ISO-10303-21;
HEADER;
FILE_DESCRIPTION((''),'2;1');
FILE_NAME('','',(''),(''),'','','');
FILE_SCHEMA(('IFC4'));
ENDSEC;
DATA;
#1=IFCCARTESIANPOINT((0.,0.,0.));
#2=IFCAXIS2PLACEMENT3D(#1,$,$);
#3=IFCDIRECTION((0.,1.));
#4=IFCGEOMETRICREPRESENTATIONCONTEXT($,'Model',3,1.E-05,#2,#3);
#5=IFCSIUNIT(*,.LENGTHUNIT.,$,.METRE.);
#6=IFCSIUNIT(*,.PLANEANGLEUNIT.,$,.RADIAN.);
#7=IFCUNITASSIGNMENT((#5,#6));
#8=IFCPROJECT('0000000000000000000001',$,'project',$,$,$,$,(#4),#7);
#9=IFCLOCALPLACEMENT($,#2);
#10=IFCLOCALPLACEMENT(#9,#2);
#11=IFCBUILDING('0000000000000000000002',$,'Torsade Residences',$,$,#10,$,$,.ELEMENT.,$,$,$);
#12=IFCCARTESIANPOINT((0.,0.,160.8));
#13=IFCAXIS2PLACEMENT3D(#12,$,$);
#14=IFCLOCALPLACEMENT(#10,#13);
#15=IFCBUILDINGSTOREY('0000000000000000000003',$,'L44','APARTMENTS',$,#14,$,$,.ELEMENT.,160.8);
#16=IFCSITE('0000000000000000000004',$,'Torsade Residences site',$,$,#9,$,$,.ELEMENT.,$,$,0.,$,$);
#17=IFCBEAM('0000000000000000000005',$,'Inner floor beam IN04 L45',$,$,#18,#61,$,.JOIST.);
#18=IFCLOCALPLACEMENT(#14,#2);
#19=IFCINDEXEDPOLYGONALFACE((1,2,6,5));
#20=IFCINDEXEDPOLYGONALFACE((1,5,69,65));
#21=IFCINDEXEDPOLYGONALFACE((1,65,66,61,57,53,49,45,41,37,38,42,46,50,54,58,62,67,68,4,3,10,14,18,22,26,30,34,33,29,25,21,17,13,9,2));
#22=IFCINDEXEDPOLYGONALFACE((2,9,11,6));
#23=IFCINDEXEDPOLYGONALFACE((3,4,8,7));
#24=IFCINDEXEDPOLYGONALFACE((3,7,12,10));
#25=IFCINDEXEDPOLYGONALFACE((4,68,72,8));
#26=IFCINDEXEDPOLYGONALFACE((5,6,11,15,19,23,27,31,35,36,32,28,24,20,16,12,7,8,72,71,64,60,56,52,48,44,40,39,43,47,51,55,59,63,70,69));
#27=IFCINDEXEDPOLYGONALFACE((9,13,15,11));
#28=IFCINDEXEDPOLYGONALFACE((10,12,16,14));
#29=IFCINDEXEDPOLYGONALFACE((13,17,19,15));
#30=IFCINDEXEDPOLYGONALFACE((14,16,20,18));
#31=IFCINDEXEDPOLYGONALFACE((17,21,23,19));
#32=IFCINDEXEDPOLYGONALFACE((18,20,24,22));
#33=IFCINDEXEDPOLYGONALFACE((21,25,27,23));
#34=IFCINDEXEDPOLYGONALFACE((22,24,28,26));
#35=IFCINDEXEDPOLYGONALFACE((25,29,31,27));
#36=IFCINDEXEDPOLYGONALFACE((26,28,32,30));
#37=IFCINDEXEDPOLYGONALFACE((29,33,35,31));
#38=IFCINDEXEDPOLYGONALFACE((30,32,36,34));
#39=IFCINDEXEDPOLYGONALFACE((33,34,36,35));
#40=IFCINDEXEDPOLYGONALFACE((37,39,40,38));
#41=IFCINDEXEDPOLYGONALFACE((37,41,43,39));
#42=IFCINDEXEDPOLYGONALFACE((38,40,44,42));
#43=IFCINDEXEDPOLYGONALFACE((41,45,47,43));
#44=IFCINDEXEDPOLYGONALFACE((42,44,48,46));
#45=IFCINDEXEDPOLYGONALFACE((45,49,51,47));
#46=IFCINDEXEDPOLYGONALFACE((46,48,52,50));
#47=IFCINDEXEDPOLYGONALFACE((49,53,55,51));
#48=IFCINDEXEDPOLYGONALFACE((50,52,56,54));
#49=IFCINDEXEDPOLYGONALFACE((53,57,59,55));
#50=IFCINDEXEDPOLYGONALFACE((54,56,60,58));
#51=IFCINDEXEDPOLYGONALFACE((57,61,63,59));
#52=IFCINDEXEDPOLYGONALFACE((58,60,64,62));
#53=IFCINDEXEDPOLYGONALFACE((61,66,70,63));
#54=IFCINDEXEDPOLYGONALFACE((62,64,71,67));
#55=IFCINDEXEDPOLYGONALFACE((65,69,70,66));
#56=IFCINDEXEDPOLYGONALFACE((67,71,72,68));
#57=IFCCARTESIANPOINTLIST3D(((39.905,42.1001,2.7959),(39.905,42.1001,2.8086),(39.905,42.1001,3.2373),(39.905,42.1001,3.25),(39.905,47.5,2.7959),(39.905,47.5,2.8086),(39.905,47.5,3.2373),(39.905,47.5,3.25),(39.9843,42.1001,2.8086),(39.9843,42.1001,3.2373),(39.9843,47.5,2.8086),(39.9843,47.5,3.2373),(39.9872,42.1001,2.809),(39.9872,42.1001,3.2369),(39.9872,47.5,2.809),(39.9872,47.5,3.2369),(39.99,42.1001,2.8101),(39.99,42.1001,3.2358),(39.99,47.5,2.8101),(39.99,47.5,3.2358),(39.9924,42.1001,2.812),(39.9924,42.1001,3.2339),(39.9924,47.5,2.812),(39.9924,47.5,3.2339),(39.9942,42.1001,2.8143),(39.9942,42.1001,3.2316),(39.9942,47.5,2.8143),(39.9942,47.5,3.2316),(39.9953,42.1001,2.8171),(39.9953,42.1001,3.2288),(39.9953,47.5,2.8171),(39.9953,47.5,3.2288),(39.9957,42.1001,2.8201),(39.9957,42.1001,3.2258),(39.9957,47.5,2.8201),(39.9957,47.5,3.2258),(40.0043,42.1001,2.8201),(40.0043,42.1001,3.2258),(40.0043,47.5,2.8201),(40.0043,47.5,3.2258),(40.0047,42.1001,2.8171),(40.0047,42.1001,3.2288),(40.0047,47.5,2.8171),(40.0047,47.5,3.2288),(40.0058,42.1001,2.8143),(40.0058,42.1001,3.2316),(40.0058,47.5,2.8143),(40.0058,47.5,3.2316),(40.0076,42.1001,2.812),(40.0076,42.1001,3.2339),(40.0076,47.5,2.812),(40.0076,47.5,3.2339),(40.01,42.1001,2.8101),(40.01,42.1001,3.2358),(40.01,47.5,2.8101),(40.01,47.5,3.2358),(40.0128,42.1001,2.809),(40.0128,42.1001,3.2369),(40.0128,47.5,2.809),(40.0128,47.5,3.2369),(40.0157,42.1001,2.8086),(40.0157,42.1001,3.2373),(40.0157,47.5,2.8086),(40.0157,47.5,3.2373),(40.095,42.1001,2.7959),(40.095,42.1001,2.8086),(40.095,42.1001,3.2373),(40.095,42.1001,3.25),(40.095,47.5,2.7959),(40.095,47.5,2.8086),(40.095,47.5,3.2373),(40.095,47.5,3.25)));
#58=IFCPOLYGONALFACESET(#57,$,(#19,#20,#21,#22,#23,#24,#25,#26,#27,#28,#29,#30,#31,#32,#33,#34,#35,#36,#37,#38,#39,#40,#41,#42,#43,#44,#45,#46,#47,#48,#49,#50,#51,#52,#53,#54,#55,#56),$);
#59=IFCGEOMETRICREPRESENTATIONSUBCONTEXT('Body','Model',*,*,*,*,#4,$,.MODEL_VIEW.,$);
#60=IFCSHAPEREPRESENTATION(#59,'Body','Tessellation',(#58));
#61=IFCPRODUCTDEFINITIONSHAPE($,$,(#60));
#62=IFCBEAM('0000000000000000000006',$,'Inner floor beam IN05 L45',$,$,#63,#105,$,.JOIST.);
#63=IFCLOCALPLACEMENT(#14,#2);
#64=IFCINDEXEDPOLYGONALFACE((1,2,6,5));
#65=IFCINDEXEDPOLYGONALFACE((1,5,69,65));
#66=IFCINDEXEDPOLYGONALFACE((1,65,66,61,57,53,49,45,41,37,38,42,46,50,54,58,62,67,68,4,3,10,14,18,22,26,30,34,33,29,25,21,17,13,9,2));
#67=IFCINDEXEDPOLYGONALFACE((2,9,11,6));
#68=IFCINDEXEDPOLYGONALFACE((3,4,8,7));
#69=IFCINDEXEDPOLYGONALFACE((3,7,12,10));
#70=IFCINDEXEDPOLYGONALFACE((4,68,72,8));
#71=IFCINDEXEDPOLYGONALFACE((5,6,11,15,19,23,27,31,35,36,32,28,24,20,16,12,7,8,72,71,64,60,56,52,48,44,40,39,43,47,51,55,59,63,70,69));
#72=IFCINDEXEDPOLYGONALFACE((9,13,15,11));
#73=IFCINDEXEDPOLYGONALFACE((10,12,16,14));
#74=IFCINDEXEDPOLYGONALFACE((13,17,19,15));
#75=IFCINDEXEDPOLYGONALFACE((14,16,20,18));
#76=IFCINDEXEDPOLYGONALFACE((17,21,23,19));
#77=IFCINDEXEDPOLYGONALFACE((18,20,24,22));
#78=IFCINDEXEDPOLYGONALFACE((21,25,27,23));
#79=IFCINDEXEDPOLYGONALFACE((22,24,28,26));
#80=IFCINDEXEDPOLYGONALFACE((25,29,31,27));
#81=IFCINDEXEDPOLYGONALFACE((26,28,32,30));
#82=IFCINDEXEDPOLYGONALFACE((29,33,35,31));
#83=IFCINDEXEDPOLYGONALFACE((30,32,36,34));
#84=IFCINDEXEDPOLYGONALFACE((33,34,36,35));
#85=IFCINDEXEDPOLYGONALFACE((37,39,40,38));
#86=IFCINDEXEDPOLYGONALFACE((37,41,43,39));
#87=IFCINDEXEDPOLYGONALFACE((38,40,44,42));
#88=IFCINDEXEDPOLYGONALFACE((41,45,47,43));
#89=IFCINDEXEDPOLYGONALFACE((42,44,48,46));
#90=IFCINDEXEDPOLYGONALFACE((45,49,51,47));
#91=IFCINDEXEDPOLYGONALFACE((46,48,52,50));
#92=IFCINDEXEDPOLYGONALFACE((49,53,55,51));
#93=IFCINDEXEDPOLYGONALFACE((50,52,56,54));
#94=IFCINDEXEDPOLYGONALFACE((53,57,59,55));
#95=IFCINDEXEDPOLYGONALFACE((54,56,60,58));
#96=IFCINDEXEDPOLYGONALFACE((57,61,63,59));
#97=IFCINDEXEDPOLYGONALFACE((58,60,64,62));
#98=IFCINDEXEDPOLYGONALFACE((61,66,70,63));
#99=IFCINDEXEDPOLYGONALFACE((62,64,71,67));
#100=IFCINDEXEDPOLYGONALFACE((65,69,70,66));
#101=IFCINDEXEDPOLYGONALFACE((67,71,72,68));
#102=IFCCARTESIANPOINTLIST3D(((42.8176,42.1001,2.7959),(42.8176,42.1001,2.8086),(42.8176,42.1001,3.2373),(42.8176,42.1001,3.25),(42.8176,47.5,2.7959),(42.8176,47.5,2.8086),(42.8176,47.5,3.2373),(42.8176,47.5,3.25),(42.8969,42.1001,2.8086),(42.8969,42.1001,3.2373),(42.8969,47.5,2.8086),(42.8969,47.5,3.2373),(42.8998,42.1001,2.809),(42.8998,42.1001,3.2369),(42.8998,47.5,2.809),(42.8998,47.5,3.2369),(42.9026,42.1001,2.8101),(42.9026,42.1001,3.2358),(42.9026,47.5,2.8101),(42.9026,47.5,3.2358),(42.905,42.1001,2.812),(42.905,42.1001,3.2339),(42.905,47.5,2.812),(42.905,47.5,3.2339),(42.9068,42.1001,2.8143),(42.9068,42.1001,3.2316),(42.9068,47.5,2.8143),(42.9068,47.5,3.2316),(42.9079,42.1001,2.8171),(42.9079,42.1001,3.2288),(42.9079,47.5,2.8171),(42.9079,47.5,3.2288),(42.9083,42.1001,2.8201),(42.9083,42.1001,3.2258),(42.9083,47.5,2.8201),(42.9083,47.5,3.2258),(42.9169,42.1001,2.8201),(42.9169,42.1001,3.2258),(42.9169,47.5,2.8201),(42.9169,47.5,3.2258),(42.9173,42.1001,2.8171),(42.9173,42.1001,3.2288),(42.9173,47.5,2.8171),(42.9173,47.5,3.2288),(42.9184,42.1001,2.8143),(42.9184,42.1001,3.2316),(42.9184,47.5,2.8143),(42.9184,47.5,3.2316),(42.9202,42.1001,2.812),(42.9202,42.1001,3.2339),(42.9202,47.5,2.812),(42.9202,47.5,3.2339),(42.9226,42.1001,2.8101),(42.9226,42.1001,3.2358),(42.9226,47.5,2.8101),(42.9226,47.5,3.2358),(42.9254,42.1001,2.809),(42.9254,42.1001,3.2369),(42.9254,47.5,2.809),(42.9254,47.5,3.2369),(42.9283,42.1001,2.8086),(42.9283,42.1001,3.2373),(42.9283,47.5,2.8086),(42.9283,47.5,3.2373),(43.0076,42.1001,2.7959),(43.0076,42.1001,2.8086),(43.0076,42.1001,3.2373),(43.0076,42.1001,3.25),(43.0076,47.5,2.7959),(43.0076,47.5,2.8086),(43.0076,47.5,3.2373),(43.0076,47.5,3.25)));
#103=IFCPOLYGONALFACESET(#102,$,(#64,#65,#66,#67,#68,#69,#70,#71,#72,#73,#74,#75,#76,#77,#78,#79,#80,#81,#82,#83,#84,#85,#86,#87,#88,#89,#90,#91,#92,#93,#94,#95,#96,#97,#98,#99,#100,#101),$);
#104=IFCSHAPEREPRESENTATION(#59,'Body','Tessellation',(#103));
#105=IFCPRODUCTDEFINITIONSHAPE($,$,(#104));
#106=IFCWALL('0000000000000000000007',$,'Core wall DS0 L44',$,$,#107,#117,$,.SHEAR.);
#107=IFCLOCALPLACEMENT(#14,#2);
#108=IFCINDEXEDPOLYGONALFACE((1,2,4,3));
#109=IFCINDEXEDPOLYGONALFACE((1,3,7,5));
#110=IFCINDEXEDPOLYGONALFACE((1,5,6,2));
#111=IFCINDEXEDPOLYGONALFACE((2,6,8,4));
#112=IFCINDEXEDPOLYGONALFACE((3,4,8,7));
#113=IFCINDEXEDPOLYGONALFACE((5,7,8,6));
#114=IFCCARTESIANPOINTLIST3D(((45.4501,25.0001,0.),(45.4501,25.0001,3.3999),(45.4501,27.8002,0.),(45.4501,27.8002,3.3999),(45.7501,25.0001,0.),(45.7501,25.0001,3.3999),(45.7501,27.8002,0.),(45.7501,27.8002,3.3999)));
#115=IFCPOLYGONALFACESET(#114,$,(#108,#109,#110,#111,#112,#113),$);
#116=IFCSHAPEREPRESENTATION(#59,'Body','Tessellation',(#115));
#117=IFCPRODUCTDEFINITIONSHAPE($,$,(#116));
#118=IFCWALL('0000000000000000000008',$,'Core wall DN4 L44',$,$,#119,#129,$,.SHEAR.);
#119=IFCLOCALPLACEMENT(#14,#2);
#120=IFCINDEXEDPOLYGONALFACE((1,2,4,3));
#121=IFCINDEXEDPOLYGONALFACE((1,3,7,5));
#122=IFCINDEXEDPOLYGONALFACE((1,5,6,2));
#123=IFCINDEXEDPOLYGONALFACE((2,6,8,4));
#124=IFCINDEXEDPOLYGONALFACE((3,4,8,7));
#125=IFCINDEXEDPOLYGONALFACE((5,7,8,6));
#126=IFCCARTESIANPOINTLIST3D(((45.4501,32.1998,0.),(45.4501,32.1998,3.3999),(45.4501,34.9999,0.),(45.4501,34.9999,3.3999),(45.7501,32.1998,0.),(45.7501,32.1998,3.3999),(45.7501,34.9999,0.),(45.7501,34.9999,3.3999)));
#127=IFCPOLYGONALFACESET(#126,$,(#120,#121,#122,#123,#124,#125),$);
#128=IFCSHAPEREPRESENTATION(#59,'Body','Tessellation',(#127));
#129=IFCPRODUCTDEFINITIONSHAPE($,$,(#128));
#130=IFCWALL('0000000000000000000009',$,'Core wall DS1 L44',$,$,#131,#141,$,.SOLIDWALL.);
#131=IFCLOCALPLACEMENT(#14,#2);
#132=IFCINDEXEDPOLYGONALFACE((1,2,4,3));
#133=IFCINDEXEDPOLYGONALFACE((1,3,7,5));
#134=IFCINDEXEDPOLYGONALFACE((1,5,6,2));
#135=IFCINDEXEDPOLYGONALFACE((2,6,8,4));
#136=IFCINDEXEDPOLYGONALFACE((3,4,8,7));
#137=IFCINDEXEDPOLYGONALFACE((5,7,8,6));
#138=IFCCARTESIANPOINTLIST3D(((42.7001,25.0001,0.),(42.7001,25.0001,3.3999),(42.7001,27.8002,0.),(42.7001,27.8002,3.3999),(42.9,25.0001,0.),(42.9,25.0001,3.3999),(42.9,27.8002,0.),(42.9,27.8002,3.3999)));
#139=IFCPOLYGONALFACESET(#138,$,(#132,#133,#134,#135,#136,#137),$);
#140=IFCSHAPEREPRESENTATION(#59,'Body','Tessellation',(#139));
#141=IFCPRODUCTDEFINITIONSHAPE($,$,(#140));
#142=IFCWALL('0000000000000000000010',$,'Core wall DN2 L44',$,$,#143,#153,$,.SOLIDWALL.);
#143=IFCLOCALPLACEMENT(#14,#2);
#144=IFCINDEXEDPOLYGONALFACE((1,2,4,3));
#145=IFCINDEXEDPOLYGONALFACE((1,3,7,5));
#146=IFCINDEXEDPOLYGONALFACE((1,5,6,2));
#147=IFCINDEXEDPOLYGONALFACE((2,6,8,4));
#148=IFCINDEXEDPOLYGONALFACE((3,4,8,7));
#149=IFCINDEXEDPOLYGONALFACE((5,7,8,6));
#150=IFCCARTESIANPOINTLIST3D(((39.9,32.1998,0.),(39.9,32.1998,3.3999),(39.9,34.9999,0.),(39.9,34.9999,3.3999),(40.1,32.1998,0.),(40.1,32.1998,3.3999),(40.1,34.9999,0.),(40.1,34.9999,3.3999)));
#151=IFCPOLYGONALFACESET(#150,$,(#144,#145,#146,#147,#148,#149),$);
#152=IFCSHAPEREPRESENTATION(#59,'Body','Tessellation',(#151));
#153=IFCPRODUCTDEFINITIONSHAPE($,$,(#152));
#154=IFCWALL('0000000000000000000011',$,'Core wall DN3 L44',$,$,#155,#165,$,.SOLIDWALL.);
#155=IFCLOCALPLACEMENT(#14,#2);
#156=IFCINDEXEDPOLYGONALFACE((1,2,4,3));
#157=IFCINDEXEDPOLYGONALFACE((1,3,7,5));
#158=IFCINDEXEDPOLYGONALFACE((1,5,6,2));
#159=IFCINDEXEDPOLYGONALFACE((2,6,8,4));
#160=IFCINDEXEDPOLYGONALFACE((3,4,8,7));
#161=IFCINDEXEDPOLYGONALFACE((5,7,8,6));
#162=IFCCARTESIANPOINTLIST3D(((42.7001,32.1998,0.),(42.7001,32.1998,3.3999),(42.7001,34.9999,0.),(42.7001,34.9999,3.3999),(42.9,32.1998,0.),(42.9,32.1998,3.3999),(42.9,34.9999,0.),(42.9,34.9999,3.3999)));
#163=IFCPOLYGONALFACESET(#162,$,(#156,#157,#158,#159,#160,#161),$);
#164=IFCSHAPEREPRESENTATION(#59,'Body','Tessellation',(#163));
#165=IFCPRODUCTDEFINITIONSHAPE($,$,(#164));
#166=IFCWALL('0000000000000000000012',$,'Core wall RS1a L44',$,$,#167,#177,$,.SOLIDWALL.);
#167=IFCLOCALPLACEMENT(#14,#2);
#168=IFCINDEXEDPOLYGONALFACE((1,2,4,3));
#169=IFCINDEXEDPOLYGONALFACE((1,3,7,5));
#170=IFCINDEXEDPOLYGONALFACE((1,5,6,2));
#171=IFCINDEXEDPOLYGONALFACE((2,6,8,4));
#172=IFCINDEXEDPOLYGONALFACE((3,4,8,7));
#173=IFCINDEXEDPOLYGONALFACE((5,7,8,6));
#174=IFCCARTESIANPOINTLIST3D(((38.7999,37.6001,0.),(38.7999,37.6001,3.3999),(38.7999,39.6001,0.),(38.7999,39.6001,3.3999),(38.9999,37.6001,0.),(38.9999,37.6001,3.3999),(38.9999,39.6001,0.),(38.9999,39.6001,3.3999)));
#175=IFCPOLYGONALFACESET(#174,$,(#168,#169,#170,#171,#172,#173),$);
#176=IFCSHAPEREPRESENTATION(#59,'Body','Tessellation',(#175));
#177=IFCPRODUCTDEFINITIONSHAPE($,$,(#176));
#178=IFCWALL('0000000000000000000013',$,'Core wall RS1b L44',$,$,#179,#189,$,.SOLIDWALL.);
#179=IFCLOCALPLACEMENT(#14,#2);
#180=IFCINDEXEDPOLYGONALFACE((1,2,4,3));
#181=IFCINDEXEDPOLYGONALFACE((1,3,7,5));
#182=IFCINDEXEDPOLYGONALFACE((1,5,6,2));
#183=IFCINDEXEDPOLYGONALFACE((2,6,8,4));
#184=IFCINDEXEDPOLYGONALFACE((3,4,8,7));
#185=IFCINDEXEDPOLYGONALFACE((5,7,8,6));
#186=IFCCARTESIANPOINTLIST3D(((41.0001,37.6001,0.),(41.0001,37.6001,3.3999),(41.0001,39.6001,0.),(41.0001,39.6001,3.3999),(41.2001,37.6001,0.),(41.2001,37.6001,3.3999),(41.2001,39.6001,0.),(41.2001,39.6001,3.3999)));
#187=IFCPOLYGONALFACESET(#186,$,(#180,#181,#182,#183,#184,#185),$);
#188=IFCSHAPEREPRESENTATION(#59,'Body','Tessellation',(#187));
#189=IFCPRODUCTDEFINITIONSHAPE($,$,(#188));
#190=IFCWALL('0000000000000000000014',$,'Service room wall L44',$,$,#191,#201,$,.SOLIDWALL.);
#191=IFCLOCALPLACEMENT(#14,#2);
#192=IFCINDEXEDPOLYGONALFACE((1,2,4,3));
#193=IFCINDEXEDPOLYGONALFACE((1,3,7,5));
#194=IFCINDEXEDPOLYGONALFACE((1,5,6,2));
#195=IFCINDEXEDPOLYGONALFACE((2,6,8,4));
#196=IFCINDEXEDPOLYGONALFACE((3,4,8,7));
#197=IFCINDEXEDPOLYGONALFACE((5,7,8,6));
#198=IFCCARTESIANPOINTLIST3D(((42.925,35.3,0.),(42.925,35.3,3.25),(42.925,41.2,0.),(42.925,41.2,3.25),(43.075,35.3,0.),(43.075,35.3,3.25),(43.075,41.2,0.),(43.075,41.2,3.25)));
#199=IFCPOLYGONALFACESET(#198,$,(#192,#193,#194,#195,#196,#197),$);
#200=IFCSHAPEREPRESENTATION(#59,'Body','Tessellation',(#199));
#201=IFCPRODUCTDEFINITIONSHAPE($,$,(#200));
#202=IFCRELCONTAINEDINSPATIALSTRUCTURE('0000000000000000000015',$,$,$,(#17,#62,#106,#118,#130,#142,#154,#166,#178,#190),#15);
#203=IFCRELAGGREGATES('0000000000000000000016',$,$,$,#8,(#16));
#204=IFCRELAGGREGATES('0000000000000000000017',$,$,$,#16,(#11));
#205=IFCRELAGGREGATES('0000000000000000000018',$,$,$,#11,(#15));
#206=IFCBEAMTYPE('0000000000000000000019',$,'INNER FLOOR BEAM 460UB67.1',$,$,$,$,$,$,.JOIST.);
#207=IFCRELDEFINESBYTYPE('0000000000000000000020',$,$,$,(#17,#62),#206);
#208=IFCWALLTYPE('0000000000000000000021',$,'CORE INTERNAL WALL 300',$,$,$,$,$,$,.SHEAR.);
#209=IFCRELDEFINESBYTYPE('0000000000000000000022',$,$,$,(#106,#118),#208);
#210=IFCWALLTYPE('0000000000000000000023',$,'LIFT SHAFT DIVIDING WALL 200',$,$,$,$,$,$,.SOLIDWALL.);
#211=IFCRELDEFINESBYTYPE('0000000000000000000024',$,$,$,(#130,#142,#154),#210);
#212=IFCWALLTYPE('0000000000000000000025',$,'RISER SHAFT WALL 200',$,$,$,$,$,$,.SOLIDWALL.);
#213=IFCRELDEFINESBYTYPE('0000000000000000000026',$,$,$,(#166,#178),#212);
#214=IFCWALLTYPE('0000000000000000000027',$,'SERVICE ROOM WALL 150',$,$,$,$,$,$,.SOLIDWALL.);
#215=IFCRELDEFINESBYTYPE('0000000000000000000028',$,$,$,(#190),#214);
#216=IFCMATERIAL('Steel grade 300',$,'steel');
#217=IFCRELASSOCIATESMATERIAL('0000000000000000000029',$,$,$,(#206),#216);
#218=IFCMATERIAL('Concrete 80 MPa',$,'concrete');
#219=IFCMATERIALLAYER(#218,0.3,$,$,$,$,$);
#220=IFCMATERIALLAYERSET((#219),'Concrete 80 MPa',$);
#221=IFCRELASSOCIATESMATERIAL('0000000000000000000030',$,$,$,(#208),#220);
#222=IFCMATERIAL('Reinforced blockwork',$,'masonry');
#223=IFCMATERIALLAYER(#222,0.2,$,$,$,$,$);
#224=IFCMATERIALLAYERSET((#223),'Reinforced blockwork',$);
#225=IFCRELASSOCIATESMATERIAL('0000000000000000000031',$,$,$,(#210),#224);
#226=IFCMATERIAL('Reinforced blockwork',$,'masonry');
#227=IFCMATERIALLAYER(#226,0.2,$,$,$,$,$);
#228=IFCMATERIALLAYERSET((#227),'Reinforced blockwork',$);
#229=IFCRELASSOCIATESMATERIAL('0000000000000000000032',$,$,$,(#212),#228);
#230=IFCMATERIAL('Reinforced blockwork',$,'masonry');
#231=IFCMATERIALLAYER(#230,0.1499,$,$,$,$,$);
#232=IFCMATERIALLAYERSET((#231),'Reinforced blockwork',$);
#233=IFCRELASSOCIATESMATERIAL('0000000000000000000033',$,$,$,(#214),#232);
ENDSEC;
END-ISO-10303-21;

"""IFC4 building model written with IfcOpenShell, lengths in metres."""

from ifc_helpers import new_model, si_unit, direction, frame, frame_2d, origin, origin_2d, place, context, subcontext, project, spatial, rectangle, i_section, extrude, material, layer, layer_set, material_profile, profile_set, type_object, element, save


model = new_model("IFC4")

# Units and contexts
model_context = context("Model", 3, precision=1e-05, world=origin(), true_north=direction((0.0, 1.0)))
body_context = subcontext(model_context, "Body", "Model", "MODEL_VIEW")
ifc_project = project(units=[si_unit("LENGTHUNIT", "METRE"), si_unit("PLANEANGLEUNIT", "RADIAN")], contexts=[model_context])

# Site, building, storey
site_placement = place(None, origin())
site = spatial("IfcSite", under=ifc_project, at=site_placement, Name="Torsade Residences site", CompositionType="ELEMENT", RefElevation=0.0)
building_placement = place(site_placement, origin())
building = spatial("IfcBuilding", under=site, at=building_placement, Name="Torsade Residences", CompositionType="ELEMENT")
storey_placement = place(building_placement, frame((0.0, 0.0, 160.8)))
storey = spatial("IfcBuildingStorey", under=building, at=storey_placement, Name="L44", Description="APARTMENTS", CompositionType="ELEMENT", Elevation=160.8)

# Beams
ifc_material_1 = material(Name="Steel grade 300", Category="steel")
ifc_material_profile = material_profile(ifc_material_1, i_section(OverallWidth=0.1899, OverallDepth=0.4541, WebThickness=0.0085, FlangeThickness=0.0127, FilletRadius=0.0115, at=origin_2d()), Name="460UB67.1")
ifc_profile_set = profile_set([ifc_material_profile], Name="Steel grade 300")
beam_type = type_object("IfcBeamType", Name="INNER FLOOR BEAM 460UB67.1", PredefinedType="JOIST", material=ifc_profile_set)
for number, where, z_axis, x_axis, name in (
    (1, (40.0, 42.1001, 3.0229), (0.0, 1.0, 0.0), (-1.0, 0.0, 0.0), "Inner floor beam IN04 L45"),
    (2, (42.9126, 42.1001, 3.0229), (0.0, 1.0, 0.0), (-1.0, 0.0, 0.0), "Inner floor beam IN05 L45"),
):
    element("IfcBeam", number, at=place(storey_placement, frame(where, z_axis=z_axis, x_axis=x_axis)), inside=storey, type_object=beam_type, Name=name, PredefinedType="JOIST", context=body_context, shape_type="SweptSolid", body=[
        extrude(i_section(OverallWidth=0.1899, OverallDepth=0.4541, WebThickness=0.0085, FlangeThickness=0.0127, FilletRadius=0.0115, at=origin_2d()), origin(), (0.0, 0.0, 1.0), 5.3999),
    ])

# Walls
ifc_material_2 = material(Name="Concrete 80 MPa", Category="concrete")
ifc_layer_1 = layer(ifc_material_2, 0.3)
ifc_layer_set_1 = layer_set([ifc_layer_1], Name="Concrete 80 MPa")
wall_type_1 = type_object("IfcWallType", Name="CORE INTERNAL WALL 300", PredefinedType="SHEAR", material=ifc_layer_set_1)
for number, where, z_axis, x_axis, name in (
    (3, (45.6001, 27.8, 0.0), (0.0, 0.0, 1.0), (0.0, -1.0, 0.0), "Core wall DS0 L44"),
    (4, (45.6001, 32.2, 0.0), (0.0, 0.0, 1.0), (0.0, 1.0, 0.0), "Core wall DN4 L44"),
):
    element("IfcWall", number, at=place(storey_placement, frame(where, z_axis=z_axis, x_axis=x_axis)), inside=storey, type_object=wall_type_1, Name=name, PredefinedType="SHEAR", context=body_context, shape_type="SweptSolid", body=[
        extrude(rectangle(XDim=2.8, YDim=0.3, at=frame_2d((1.3999, 0.0))), origin(), (0.0, 0.0, 1.0), 3.3999),
    ])
ifc_material_3 = material(Name="Reinforced blockwork", Category="masonry")
ifc_layer_2 = layer(ifc_material_3, 0.2)
ifc_layer_set_2 = layer_set([ifc_layer_2], Name="Reinforced blockwork")
wall_type_2 = type_object("IfcWallType", Name="LIFT SHAFT DIVIDING WALL 200", PredefinedType="SOLIDWALL", material=ifc_layer_set_2)
for number, where, z_axis, x_axis, name in (
    (5, (42.8, 27.8, 0.0), (0.0, 0.0, 1.0), (0.0, -1.0, 0.0), "Core wall DS1 L44"),
    (6, (40.0, 32.2, 0.0), (0.0, 0.0, 1.0), (0.0, 1.0, 0.0), "Core wall DN2 L44"),
    (7, (42.8, 32.2, 0.0), (0.0, 0.0, 1.0), (0.0, 1.0, 0.0), "Core wall DN3 L44"),
):
    element("IfcWall", number, at=place(storey_placement, frame(where, z_axis=z_axis, x_axis=x_axis)), inside=storey, type_object=wall_type_2, Name=name, PredefinedType="SOLIDWALL", context=body_context, shape_type="SweptSolid", body=[
        extrude(rectangle(XDim=2.8, YDim=0.2, at=frame_2d((1.3999, 0.0))), origin(), (0.0, 0.0, 1.0), 3.3999),
    ])
ifc_material_4 = material(Name="Reinforced blockwork", Category="masonry")
ifc_layer_3 = layer(ifc_material_4, 0.2)
ifc_layer_set_3 = layer_set([ifc_layer_3], Name="Reinforced blockwork")
wall_type_3 = type_object("IfcWallType", Name="RISER SHAFT WALL 200", PredefinedType="SOLIDWALL", material=ifc_layer_set_3)
for number, where, z_axis, x_axis, name in (
    (8, (38.8999, 37.6001, 0.0), (0.0, 0.0, 1.0), (0.0, 1.0, 0.0), "Core wall RS1a L44"),
    (9, (41.1001, 37.6001, 0.0), (0.0, 0.0, 1.0), (0.0, 1.0, 0.0), "Core wall RS1b L44"),
):
    element("IfcWall", number, at=place(storey_placement, frame(where, z_axis=z_axis, x_axis=x_axis)), inside=storey, type_object=wall_type_3, Name=name, PredefinedType="SOLIDWALL", context=body_context, shape_type="SweptSolid", body=[
        extrude(rectangle(XDim=2.0, YDim=0.2, at=frame_2d((1.0, 0.0))), origin(), (0.0, 0.0, 1.0), 3.3999),
    ])
ifc_material_5 = material(Name="Reinforced blockwork", Category="masonry")
ifc_layer_4 = layer(ifc_material_5, 0.1499)
ifc_layer_set_4 = layer_set([ifc_layer_4], Name="Reinforced blockwork")
wall_type_4 = type_object("IfcWallType", Name="SERVICE ROOM WALL 150", PredefinedType="SOLIDWALL", material=ifc_layer_set_4)
wall_1_placement = place(storey_placement, frame((43.0, 41.2, 0.0), z_axis=(0.0, 0.0, 1.0), x_axis=(0.0, -1.0, 0.0)))
element("IfcWall", 10, at=wall_1_placement, inside=storey, type_object=wall_type_4, Name="Service room wall L44", PredefinedType="SOLIDWALL", context=body_context, shape_type="SweptSolid", body=[
    extrude(rectangle(XDim=5.8999, YDim=0.1499, at=frame_2d((2.95, 0.0))), origin(), (0.0, 0.0, 1.0), 3.25),
])

save(model, "model.ifc")
